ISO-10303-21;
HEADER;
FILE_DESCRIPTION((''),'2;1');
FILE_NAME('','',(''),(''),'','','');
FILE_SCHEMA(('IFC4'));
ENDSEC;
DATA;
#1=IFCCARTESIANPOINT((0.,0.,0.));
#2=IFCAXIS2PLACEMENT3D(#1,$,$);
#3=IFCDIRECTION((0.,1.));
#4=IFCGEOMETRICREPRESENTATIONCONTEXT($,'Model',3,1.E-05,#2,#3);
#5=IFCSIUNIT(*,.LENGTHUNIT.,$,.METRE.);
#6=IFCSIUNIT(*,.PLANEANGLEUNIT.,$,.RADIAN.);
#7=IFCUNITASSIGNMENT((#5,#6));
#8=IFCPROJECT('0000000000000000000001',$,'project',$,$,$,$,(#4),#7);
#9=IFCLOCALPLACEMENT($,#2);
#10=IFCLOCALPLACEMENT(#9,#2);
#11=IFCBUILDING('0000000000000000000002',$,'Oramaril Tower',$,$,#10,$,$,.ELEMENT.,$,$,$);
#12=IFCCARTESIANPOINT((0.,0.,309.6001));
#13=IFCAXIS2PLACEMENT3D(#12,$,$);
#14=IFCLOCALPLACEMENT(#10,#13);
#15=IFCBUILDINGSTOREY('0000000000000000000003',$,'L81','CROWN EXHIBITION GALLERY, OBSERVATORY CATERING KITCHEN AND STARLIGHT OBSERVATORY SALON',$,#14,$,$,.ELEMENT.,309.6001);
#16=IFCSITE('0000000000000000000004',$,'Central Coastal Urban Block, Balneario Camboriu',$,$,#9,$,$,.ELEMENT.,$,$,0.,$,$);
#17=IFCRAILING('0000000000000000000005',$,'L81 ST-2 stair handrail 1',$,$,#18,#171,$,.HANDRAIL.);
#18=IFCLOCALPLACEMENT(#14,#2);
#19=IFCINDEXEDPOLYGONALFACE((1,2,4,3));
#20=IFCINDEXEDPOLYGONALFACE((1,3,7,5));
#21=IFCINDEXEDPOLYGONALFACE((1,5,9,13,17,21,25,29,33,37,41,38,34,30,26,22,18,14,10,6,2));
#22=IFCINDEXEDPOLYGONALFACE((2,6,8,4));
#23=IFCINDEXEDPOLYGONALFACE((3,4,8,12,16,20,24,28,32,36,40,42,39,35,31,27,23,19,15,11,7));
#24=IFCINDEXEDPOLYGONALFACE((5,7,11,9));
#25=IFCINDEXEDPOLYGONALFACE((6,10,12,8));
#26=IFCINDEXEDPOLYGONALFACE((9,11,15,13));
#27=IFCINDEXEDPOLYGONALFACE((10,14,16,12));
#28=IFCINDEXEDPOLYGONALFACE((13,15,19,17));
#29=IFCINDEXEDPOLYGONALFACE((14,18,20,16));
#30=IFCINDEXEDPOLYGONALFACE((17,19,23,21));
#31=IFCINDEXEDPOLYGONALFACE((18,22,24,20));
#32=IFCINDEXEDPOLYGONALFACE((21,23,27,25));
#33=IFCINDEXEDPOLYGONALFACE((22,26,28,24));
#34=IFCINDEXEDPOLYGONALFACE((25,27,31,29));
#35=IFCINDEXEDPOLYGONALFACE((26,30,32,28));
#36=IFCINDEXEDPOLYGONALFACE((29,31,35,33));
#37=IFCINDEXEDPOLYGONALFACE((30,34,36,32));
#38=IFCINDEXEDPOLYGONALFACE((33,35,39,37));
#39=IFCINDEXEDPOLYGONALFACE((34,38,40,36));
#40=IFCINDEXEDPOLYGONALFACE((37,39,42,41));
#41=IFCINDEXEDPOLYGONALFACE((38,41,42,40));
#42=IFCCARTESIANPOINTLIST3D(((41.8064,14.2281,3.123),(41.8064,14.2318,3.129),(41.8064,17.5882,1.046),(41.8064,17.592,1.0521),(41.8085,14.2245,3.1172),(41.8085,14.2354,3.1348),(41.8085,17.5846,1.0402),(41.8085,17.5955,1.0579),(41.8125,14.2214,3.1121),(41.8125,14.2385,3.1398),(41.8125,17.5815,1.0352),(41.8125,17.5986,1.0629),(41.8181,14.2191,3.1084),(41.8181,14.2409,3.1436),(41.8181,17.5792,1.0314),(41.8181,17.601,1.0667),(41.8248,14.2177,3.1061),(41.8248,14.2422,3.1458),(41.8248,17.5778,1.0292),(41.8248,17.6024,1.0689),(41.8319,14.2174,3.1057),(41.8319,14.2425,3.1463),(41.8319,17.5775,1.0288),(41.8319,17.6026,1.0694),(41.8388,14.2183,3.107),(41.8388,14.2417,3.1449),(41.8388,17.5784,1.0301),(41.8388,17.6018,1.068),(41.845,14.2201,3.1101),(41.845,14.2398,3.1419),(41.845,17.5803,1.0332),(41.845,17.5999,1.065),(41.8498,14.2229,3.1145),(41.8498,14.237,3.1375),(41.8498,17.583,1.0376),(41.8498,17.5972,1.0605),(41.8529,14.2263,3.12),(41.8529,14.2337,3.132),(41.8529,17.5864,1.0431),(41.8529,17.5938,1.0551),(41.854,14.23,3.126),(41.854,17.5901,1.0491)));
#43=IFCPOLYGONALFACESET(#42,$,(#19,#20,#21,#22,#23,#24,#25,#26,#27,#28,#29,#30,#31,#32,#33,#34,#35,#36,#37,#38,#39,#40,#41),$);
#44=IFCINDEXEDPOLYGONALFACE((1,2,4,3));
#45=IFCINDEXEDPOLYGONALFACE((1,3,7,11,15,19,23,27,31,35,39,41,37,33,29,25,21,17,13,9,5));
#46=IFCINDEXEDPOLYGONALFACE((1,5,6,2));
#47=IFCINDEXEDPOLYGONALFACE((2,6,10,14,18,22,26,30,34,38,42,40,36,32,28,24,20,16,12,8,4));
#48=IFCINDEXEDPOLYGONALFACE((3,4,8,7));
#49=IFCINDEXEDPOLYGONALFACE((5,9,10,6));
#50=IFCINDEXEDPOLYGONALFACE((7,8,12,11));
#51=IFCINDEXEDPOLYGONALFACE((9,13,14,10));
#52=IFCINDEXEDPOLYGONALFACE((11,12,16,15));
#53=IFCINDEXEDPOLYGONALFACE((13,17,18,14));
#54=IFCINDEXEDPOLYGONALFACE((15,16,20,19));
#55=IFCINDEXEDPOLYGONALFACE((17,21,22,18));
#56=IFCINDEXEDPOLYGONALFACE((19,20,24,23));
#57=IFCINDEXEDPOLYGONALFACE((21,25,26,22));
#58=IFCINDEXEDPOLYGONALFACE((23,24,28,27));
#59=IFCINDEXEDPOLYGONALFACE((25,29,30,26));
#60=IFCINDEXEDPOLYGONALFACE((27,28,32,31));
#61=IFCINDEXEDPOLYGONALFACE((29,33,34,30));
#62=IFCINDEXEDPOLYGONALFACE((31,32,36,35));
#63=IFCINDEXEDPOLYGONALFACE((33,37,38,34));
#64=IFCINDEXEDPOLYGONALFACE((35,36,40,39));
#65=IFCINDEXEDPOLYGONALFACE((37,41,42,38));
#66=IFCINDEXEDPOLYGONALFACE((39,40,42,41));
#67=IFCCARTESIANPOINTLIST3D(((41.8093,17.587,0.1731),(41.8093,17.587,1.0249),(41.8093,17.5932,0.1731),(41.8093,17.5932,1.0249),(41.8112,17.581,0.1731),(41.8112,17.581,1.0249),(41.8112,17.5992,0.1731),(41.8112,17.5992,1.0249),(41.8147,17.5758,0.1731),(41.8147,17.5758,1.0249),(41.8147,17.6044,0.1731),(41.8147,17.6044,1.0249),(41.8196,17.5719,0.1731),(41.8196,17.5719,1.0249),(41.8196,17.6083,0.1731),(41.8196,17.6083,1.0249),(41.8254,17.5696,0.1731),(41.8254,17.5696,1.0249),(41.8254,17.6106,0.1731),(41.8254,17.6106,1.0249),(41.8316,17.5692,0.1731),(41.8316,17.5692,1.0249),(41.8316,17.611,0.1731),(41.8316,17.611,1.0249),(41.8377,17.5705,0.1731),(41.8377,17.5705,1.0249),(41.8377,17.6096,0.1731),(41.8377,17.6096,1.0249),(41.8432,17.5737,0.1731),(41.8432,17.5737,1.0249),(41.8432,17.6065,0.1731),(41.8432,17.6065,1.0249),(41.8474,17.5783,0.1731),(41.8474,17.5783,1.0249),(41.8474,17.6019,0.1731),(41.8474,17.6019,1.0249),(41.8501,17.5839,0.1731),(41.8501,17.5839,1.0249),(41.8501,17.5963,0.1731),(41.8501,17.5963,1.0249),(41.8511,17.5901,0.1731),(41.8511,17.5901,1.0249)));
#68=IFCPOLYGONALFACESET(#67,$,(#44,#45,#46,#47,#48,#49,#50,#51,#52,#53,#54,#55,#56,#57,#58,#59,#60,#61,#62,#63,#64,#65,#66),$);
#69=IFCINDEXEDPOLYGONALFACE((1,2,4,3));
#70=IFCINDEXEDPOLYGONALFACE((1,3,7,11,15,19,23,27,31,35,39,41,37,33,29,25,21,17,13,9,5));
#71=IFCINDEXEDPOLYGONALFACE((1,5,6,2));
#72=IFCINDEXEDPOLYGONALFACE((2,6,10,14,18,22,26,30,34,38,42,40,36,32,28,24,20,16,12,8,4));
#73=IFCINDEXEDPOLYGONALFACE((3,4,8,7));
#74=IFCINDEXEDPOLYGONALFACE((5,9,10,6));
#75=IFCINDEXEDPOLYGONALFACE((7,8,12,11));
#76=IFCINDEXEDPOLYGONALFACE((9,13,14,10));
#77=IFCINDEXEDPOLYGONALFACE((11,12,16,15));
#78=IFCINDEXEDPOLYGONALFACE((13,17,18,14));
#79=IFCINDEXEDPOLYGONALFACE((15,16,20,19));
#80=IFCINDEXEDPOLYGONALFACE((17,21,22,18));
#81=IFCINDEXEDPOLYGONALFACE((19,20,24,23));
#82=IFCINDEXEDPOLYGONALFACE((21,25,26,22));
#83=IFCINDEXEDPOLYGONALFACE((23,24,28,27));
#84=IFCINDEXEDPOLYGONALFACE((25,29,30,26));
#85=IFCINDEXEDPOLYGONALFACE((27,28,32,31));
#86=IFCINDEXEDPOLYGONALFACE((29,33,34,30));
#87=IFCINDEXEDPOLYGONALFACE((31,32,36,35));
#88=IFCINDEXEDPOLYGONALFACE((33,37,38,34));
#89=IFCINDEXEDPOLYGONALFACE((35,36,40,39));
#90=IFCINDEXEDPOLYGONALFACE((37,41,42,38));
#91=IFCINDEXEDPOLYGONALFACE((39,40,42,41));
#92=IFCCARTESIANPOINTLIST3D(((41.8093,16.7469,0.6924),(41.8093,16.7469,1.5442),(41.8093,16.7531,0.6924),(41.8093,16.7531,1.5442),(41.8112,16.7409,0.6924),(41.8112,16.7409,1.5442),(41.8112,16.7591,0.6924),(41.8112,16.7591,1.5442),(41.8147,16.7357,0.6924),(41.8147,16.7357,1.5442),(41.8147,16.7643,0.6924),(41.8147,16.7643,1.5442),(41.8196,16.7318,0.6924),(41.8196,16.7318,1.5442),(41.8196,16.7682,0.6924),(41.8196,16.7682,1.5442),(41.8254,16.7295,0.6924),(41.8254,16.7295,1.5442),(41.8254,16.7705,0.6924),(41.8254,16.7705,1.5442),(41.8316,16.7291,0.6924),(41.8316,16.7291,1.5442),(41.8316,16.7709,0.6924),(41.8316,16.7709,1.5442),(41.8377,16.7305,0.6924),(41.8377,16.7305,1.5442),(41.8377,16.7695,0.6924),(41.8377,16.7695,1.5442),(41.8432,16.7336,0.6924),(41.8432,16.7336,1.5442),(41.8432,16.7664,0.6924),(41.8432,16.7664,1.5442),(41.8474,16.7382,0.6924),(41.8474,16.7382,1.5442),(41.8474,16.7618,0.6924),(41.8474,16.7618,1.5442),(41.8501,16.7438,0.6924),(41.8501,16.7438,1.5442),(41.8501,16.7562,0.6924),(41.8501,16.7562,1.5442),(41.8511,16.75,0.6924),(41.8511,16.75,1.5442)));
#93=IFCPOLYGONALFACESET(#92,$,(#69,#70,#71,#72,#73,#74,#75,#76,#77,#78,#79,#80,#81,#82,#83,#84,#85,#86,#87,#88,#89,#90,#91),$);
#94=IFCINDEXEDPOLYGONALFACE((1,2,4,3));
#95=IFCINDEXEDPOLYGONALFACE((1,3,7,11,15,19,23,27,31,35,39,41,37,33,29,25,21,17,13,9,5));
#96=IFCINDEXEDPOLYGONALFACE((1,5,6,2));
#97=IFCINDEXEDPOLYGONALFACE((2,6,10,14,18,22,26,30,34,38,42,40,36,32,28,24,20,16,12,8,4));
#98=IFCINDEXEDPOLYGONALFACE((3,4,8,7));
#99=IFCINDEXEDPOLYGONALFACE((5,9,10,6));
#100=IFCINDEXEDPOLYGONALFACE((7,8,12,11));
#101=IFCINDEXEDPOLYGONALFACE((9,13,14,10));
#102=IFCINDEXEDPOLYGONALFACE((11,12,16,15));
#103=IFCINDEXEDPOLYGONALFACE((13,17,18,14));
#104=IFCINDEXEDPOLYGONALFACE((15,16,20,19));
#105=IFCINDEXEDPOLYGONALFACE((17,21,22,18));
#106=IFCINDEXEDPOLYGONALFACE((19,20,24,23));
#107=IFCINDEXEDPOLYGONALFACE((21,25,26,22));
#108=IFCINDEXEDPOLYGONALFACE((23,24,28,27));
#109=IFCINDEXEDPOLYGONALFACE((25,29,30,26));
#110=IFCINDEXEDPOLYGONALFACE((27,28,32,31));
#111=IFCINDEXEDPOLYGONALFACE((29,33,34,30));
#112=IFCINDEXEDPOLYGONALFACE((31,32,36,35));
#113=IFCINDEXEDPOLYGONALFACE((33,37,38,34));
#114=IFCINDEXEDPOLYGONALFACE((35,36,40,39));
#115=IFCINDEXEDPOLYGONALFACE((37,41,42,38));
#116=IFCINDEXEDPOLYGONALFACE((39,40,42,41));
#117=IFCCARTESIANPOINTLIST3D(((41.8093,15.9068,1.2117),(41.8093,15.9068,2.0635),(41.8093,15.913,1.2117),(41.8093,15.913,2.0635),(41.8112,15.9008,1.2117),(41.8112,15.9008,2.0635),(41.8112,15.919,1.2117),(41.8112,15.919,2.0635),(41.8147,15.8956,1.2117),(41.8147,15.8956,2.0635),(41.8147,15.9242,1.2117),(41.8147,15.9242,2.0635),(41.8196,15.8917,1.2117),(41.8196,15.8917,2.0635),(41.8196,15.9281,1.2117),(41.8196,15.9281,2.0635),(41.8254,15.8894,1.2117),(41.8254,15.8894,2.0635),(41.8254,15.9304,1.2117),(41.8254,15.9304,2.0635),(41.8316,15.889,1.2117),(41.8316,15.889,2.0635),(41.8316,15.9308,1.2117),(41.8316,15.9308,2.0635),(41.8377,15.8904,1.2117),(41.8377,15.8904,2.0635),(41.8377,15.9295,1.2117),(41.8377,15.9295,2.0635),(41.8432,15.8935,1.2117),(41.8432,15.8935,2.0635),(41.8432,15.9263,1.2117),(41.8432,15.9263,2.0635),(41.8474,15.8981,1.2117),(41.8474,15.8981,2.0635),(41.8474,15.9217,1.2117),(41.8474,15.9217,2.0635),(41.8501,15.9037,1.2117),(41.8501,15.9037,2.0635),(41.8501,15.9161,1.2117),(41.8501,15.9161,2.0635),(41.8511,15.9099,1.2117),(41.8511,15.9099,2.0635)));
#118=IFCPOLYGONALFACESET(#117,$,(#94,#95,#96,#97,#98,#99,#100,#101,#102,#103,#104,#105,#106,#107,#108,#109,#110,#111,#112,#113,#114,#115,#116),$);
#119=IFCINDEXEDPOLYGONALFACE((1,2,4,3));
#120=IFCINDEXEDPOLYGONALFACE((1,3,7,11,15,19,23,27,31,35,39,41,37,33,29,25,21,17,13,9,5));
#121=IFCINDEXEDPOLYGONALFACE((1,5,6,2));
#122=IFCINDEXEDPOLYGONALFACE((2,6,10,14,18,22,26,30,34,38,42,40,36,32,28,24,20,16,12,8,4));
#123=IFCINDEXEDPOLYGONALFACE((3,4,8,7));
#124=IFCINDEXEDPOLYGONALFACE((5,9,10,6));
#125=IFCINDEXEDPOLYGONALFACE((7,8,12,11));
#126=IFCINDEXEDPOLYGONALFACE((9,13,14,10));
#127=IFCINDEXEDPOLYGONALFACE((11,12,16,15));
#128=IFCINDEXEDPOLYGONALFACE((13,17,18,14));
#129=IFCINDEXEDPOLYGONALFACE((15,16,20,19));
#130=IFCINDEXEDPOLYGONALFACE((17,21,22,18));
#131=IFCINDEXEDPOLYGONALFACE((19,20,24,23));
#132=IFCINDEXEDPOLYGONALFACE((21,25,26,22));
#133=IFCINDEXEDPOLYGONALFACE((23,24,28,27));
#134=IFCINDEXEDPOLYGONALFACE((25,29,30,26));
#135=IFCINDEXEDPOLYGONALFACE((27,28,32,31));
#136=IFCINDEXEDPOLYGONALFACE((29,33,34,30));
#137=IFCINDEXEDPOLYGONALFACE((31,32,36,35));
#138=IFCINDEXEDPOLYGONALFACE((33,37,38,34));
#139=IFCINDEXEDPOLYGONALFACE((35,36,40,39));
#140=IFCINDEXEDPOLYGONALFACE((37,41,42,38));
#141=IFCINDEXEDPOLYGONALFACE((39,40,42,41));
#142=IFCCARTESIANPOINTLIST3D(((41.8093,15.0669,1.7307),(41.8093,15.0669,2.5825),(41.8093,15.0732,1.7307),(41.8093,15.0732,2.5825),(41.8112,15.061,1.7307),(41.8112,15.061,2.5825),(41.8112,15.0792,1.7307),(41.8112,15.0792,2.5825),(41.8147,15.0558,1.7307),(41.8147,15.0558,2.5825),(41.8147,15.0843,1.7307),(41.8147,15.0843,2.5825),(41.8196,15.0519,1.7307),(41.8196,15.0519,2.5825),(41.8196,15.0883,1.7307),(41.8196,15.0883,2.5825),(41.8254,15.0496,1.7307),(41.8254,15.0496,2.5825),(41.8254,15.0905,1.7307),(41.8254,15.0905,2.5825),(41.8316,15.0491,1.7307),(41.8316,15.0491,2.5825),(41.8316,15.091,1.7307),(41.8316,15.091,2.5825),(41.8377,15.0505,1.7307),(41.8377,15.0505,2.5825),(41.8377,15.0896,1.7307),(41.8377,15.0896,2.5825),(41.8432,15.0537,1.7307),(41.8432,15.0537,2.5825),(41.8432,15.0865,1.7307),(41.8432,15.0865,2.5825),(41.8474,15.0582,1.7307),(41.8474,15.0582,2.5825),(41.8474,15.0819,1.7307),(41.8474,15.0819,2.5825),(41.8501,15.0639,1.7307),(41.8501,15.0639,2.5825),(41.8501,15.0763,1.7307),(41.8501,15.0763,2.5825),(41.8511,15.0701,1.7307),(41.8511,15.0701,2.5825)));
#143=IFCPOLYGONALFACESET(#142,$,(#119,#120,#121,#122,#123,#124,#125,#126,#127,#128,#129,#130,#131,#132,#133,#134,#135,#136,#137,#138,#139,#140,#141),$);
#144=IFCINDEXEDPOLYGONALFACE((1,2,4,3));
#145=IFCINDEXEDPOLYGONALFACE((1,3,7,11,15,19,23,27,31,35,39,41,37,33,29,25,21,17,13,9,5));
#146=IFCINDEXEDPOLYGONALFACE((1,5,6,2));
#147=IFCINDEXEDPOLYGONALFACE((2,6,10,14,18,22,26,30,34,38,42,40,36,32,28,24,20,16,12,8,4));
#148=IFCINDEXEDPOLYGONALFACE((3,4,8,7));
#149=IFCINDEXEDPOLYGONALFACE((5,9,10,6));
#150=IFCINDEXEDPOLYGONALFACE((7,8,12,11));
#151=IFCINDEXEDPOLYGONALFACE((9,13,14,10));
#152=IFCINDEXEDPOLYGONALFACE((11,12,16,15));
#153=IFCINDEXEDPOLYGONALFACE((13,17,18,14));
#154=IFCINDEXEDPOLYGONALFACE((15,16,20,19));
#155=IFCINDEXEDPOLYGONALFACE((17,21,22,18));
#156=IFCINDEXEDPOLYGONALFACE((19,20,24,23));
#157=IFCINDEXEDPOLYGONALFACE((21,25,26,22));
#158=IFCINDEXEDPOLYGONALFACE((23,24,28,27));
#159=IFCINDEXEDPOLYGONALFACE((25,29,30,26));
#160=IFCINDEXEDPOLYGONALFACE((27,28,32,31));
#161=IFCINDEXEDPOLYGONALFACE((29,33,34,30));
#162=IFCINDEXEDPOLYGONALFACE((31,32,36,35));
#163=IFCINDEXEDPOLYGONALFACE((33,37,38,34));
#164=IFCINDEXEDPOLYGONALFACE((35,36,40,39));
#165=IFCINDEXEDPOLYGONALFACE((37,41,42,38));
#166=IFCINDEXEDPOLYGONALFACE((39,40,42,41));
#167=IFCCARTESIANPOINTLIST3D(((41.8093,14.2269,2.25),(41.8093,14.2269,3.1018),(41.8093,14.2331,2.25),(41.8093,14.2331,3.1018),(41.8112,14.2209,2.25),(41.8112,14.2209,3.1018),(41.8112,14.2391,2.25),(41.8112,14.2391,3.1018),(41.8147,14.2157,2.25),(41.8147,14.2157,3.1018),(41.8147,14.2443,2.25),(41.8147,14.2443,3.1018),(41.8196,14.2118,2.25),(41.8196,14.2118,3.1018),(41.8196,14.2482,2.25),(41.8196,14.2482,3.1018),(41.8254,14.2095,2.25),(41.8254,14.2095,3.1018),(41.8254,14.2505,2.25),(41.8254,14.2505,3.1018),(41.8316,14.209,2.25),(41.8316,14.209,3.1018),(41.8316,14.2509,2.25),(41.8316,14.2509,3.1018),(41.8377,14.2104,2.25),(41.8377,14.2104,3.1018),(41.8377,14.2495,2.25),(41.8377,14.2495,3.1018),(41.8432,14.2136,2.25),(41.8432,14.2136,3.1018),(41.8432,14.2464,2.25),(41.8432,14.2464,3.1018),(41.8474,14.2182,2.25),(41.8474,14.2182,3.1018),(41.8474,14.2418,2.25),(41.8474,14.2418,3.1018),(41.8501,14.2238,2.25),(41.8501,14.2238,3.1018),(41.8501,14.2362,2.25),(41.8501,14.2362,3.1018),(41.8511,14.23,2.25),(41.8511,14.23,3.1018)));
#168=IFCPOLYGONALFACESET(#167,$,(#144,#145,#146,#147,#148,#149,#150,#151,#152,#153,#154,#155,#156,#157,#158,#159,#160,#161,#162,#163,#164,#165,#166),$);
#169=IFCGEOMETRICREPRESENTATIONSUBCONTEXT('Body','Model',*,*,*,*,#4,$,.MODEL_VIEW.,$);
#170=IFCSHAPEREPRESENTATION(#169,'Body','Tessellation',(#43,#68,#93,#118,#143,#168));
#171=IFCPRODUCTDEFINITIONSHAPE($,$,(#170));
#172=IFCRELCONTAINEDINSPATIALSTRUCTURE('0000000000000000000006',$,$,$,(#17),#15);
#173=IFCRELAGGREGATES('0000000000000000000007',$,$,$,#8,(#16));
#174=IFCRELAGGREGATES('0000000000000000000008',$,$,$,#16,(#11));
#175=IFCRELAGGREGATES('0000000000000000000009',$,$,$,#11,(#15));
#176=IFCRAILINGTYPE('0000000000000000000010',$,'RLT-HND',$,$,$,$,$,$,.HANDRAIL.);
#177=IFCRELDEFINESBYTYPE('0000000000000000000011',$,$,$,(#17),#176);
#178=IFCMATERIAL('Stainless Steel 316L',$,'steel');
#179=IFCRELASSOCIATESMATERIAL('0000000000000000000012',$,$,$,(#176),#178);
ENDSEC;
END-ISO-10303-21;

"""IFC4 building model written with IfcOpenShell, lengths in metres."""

from ifc_helpers import new_model, si_unit, direction, frame, origin, origin_2d, place, context, subcontext, project, spatial, circle, extrude, material, type_object, element, save


model = new_model("IFC4")

# Units and contexts
model_context = context("Model", 3, precision=1e-05, world=origin(), true_north=direction((0.0, 1.0)))
body_context = subcontext(model_context, "Body", "Model", "MODEL_VIEW")
ifc_project = project(units=[si_unit("LENGTHUNIT", "METRE"), si_unit("PLANEANGLEUNIT", "RADIAN")], contexts=[model_context])

# Site, building, storey
site_placement = place(None, origin())
site = spatial("IfcSite", under=ifc_project, at=site_placement, Name="Central Coastal Urban Block, Balneario Camboriu", CompositionType="ELEMENT", RefElevation=0.0)
building_placement = place(site_placement, origin())
building = spatial("IfcBuilding", under=site, at=building_placement, Name="Oramaril Tower", CompositionType="ELEMENT")
storey_placement = place(building_placement, frame((0.0, 0.0, 309.6001)))
storey = spatial("IfcBuildingStorey", under=building, at=storey_placement, Name="L81", Description="CROWN EXHIBITION GALLERY, OBSERVATORY CATERING KITCHEN AND STARLIGHT OBSERVATORY SALON", CompositionType="ELEMENT", Elevation=309.6001)

# Railing
ifc_material_1 = material(Name="Stainless Steel 316L", Category="steel")
railing_type_1 = type_object("IfcRailingType", Name="RLT-HND", PredefinedType="HANDRAIL", material=ifc_material_1)
railing_1_placement = place(storey_placement, frame((41.8301, 17.5901, 0.1731)))
element("IfcRailing", 1, at=railing_1_placement, inside=storey, type_object=railing_type_1, Name="L81 ST-2 stair handrail 1", PredefinedType="HANDRAIL", context=body_context, shape_type="SweptSolid", body=[
    extrude(circle(Radius=0.0239, at=origin_2d()), frame((0.0, 0.0, 0.876), z_axis=(0.0, -0.850623, 0.525776), x_axis=(1.0, 0.0, 0.0)), (0.0, 0.0, 1.0), 3.9502),
    extrude(circle(Radius=0.021, at=origin_2d()), origin(), (0.0, 0.0, 1.0), 0.8518),
    extrude(circle(Radius=0.021, at=origin_2d()), frame((0.0, -0.8401, 0.5193)), (0.0, 0.0, 1.0), 0.8518),
    extrude(circle(Radius=0.021, at=origin_2d()), frame((0.0, -1.6802, 1.0386)), (0.0, 0.0, 1.0), 0.8518),
    extrude(circle(Radius=0.021, at=origin_2d()), frame((0.0, -2.52, 1.5576)), (0.0, 0.0, 1.0), 0.8518),
    extrude(circle(Radius=0.021, at=origin_2d()), frame((0.0, -3.3601, 2.0769)), (0.0, 0.0, 1.0), 0.8518),
])

save(model, "model.ifc")
